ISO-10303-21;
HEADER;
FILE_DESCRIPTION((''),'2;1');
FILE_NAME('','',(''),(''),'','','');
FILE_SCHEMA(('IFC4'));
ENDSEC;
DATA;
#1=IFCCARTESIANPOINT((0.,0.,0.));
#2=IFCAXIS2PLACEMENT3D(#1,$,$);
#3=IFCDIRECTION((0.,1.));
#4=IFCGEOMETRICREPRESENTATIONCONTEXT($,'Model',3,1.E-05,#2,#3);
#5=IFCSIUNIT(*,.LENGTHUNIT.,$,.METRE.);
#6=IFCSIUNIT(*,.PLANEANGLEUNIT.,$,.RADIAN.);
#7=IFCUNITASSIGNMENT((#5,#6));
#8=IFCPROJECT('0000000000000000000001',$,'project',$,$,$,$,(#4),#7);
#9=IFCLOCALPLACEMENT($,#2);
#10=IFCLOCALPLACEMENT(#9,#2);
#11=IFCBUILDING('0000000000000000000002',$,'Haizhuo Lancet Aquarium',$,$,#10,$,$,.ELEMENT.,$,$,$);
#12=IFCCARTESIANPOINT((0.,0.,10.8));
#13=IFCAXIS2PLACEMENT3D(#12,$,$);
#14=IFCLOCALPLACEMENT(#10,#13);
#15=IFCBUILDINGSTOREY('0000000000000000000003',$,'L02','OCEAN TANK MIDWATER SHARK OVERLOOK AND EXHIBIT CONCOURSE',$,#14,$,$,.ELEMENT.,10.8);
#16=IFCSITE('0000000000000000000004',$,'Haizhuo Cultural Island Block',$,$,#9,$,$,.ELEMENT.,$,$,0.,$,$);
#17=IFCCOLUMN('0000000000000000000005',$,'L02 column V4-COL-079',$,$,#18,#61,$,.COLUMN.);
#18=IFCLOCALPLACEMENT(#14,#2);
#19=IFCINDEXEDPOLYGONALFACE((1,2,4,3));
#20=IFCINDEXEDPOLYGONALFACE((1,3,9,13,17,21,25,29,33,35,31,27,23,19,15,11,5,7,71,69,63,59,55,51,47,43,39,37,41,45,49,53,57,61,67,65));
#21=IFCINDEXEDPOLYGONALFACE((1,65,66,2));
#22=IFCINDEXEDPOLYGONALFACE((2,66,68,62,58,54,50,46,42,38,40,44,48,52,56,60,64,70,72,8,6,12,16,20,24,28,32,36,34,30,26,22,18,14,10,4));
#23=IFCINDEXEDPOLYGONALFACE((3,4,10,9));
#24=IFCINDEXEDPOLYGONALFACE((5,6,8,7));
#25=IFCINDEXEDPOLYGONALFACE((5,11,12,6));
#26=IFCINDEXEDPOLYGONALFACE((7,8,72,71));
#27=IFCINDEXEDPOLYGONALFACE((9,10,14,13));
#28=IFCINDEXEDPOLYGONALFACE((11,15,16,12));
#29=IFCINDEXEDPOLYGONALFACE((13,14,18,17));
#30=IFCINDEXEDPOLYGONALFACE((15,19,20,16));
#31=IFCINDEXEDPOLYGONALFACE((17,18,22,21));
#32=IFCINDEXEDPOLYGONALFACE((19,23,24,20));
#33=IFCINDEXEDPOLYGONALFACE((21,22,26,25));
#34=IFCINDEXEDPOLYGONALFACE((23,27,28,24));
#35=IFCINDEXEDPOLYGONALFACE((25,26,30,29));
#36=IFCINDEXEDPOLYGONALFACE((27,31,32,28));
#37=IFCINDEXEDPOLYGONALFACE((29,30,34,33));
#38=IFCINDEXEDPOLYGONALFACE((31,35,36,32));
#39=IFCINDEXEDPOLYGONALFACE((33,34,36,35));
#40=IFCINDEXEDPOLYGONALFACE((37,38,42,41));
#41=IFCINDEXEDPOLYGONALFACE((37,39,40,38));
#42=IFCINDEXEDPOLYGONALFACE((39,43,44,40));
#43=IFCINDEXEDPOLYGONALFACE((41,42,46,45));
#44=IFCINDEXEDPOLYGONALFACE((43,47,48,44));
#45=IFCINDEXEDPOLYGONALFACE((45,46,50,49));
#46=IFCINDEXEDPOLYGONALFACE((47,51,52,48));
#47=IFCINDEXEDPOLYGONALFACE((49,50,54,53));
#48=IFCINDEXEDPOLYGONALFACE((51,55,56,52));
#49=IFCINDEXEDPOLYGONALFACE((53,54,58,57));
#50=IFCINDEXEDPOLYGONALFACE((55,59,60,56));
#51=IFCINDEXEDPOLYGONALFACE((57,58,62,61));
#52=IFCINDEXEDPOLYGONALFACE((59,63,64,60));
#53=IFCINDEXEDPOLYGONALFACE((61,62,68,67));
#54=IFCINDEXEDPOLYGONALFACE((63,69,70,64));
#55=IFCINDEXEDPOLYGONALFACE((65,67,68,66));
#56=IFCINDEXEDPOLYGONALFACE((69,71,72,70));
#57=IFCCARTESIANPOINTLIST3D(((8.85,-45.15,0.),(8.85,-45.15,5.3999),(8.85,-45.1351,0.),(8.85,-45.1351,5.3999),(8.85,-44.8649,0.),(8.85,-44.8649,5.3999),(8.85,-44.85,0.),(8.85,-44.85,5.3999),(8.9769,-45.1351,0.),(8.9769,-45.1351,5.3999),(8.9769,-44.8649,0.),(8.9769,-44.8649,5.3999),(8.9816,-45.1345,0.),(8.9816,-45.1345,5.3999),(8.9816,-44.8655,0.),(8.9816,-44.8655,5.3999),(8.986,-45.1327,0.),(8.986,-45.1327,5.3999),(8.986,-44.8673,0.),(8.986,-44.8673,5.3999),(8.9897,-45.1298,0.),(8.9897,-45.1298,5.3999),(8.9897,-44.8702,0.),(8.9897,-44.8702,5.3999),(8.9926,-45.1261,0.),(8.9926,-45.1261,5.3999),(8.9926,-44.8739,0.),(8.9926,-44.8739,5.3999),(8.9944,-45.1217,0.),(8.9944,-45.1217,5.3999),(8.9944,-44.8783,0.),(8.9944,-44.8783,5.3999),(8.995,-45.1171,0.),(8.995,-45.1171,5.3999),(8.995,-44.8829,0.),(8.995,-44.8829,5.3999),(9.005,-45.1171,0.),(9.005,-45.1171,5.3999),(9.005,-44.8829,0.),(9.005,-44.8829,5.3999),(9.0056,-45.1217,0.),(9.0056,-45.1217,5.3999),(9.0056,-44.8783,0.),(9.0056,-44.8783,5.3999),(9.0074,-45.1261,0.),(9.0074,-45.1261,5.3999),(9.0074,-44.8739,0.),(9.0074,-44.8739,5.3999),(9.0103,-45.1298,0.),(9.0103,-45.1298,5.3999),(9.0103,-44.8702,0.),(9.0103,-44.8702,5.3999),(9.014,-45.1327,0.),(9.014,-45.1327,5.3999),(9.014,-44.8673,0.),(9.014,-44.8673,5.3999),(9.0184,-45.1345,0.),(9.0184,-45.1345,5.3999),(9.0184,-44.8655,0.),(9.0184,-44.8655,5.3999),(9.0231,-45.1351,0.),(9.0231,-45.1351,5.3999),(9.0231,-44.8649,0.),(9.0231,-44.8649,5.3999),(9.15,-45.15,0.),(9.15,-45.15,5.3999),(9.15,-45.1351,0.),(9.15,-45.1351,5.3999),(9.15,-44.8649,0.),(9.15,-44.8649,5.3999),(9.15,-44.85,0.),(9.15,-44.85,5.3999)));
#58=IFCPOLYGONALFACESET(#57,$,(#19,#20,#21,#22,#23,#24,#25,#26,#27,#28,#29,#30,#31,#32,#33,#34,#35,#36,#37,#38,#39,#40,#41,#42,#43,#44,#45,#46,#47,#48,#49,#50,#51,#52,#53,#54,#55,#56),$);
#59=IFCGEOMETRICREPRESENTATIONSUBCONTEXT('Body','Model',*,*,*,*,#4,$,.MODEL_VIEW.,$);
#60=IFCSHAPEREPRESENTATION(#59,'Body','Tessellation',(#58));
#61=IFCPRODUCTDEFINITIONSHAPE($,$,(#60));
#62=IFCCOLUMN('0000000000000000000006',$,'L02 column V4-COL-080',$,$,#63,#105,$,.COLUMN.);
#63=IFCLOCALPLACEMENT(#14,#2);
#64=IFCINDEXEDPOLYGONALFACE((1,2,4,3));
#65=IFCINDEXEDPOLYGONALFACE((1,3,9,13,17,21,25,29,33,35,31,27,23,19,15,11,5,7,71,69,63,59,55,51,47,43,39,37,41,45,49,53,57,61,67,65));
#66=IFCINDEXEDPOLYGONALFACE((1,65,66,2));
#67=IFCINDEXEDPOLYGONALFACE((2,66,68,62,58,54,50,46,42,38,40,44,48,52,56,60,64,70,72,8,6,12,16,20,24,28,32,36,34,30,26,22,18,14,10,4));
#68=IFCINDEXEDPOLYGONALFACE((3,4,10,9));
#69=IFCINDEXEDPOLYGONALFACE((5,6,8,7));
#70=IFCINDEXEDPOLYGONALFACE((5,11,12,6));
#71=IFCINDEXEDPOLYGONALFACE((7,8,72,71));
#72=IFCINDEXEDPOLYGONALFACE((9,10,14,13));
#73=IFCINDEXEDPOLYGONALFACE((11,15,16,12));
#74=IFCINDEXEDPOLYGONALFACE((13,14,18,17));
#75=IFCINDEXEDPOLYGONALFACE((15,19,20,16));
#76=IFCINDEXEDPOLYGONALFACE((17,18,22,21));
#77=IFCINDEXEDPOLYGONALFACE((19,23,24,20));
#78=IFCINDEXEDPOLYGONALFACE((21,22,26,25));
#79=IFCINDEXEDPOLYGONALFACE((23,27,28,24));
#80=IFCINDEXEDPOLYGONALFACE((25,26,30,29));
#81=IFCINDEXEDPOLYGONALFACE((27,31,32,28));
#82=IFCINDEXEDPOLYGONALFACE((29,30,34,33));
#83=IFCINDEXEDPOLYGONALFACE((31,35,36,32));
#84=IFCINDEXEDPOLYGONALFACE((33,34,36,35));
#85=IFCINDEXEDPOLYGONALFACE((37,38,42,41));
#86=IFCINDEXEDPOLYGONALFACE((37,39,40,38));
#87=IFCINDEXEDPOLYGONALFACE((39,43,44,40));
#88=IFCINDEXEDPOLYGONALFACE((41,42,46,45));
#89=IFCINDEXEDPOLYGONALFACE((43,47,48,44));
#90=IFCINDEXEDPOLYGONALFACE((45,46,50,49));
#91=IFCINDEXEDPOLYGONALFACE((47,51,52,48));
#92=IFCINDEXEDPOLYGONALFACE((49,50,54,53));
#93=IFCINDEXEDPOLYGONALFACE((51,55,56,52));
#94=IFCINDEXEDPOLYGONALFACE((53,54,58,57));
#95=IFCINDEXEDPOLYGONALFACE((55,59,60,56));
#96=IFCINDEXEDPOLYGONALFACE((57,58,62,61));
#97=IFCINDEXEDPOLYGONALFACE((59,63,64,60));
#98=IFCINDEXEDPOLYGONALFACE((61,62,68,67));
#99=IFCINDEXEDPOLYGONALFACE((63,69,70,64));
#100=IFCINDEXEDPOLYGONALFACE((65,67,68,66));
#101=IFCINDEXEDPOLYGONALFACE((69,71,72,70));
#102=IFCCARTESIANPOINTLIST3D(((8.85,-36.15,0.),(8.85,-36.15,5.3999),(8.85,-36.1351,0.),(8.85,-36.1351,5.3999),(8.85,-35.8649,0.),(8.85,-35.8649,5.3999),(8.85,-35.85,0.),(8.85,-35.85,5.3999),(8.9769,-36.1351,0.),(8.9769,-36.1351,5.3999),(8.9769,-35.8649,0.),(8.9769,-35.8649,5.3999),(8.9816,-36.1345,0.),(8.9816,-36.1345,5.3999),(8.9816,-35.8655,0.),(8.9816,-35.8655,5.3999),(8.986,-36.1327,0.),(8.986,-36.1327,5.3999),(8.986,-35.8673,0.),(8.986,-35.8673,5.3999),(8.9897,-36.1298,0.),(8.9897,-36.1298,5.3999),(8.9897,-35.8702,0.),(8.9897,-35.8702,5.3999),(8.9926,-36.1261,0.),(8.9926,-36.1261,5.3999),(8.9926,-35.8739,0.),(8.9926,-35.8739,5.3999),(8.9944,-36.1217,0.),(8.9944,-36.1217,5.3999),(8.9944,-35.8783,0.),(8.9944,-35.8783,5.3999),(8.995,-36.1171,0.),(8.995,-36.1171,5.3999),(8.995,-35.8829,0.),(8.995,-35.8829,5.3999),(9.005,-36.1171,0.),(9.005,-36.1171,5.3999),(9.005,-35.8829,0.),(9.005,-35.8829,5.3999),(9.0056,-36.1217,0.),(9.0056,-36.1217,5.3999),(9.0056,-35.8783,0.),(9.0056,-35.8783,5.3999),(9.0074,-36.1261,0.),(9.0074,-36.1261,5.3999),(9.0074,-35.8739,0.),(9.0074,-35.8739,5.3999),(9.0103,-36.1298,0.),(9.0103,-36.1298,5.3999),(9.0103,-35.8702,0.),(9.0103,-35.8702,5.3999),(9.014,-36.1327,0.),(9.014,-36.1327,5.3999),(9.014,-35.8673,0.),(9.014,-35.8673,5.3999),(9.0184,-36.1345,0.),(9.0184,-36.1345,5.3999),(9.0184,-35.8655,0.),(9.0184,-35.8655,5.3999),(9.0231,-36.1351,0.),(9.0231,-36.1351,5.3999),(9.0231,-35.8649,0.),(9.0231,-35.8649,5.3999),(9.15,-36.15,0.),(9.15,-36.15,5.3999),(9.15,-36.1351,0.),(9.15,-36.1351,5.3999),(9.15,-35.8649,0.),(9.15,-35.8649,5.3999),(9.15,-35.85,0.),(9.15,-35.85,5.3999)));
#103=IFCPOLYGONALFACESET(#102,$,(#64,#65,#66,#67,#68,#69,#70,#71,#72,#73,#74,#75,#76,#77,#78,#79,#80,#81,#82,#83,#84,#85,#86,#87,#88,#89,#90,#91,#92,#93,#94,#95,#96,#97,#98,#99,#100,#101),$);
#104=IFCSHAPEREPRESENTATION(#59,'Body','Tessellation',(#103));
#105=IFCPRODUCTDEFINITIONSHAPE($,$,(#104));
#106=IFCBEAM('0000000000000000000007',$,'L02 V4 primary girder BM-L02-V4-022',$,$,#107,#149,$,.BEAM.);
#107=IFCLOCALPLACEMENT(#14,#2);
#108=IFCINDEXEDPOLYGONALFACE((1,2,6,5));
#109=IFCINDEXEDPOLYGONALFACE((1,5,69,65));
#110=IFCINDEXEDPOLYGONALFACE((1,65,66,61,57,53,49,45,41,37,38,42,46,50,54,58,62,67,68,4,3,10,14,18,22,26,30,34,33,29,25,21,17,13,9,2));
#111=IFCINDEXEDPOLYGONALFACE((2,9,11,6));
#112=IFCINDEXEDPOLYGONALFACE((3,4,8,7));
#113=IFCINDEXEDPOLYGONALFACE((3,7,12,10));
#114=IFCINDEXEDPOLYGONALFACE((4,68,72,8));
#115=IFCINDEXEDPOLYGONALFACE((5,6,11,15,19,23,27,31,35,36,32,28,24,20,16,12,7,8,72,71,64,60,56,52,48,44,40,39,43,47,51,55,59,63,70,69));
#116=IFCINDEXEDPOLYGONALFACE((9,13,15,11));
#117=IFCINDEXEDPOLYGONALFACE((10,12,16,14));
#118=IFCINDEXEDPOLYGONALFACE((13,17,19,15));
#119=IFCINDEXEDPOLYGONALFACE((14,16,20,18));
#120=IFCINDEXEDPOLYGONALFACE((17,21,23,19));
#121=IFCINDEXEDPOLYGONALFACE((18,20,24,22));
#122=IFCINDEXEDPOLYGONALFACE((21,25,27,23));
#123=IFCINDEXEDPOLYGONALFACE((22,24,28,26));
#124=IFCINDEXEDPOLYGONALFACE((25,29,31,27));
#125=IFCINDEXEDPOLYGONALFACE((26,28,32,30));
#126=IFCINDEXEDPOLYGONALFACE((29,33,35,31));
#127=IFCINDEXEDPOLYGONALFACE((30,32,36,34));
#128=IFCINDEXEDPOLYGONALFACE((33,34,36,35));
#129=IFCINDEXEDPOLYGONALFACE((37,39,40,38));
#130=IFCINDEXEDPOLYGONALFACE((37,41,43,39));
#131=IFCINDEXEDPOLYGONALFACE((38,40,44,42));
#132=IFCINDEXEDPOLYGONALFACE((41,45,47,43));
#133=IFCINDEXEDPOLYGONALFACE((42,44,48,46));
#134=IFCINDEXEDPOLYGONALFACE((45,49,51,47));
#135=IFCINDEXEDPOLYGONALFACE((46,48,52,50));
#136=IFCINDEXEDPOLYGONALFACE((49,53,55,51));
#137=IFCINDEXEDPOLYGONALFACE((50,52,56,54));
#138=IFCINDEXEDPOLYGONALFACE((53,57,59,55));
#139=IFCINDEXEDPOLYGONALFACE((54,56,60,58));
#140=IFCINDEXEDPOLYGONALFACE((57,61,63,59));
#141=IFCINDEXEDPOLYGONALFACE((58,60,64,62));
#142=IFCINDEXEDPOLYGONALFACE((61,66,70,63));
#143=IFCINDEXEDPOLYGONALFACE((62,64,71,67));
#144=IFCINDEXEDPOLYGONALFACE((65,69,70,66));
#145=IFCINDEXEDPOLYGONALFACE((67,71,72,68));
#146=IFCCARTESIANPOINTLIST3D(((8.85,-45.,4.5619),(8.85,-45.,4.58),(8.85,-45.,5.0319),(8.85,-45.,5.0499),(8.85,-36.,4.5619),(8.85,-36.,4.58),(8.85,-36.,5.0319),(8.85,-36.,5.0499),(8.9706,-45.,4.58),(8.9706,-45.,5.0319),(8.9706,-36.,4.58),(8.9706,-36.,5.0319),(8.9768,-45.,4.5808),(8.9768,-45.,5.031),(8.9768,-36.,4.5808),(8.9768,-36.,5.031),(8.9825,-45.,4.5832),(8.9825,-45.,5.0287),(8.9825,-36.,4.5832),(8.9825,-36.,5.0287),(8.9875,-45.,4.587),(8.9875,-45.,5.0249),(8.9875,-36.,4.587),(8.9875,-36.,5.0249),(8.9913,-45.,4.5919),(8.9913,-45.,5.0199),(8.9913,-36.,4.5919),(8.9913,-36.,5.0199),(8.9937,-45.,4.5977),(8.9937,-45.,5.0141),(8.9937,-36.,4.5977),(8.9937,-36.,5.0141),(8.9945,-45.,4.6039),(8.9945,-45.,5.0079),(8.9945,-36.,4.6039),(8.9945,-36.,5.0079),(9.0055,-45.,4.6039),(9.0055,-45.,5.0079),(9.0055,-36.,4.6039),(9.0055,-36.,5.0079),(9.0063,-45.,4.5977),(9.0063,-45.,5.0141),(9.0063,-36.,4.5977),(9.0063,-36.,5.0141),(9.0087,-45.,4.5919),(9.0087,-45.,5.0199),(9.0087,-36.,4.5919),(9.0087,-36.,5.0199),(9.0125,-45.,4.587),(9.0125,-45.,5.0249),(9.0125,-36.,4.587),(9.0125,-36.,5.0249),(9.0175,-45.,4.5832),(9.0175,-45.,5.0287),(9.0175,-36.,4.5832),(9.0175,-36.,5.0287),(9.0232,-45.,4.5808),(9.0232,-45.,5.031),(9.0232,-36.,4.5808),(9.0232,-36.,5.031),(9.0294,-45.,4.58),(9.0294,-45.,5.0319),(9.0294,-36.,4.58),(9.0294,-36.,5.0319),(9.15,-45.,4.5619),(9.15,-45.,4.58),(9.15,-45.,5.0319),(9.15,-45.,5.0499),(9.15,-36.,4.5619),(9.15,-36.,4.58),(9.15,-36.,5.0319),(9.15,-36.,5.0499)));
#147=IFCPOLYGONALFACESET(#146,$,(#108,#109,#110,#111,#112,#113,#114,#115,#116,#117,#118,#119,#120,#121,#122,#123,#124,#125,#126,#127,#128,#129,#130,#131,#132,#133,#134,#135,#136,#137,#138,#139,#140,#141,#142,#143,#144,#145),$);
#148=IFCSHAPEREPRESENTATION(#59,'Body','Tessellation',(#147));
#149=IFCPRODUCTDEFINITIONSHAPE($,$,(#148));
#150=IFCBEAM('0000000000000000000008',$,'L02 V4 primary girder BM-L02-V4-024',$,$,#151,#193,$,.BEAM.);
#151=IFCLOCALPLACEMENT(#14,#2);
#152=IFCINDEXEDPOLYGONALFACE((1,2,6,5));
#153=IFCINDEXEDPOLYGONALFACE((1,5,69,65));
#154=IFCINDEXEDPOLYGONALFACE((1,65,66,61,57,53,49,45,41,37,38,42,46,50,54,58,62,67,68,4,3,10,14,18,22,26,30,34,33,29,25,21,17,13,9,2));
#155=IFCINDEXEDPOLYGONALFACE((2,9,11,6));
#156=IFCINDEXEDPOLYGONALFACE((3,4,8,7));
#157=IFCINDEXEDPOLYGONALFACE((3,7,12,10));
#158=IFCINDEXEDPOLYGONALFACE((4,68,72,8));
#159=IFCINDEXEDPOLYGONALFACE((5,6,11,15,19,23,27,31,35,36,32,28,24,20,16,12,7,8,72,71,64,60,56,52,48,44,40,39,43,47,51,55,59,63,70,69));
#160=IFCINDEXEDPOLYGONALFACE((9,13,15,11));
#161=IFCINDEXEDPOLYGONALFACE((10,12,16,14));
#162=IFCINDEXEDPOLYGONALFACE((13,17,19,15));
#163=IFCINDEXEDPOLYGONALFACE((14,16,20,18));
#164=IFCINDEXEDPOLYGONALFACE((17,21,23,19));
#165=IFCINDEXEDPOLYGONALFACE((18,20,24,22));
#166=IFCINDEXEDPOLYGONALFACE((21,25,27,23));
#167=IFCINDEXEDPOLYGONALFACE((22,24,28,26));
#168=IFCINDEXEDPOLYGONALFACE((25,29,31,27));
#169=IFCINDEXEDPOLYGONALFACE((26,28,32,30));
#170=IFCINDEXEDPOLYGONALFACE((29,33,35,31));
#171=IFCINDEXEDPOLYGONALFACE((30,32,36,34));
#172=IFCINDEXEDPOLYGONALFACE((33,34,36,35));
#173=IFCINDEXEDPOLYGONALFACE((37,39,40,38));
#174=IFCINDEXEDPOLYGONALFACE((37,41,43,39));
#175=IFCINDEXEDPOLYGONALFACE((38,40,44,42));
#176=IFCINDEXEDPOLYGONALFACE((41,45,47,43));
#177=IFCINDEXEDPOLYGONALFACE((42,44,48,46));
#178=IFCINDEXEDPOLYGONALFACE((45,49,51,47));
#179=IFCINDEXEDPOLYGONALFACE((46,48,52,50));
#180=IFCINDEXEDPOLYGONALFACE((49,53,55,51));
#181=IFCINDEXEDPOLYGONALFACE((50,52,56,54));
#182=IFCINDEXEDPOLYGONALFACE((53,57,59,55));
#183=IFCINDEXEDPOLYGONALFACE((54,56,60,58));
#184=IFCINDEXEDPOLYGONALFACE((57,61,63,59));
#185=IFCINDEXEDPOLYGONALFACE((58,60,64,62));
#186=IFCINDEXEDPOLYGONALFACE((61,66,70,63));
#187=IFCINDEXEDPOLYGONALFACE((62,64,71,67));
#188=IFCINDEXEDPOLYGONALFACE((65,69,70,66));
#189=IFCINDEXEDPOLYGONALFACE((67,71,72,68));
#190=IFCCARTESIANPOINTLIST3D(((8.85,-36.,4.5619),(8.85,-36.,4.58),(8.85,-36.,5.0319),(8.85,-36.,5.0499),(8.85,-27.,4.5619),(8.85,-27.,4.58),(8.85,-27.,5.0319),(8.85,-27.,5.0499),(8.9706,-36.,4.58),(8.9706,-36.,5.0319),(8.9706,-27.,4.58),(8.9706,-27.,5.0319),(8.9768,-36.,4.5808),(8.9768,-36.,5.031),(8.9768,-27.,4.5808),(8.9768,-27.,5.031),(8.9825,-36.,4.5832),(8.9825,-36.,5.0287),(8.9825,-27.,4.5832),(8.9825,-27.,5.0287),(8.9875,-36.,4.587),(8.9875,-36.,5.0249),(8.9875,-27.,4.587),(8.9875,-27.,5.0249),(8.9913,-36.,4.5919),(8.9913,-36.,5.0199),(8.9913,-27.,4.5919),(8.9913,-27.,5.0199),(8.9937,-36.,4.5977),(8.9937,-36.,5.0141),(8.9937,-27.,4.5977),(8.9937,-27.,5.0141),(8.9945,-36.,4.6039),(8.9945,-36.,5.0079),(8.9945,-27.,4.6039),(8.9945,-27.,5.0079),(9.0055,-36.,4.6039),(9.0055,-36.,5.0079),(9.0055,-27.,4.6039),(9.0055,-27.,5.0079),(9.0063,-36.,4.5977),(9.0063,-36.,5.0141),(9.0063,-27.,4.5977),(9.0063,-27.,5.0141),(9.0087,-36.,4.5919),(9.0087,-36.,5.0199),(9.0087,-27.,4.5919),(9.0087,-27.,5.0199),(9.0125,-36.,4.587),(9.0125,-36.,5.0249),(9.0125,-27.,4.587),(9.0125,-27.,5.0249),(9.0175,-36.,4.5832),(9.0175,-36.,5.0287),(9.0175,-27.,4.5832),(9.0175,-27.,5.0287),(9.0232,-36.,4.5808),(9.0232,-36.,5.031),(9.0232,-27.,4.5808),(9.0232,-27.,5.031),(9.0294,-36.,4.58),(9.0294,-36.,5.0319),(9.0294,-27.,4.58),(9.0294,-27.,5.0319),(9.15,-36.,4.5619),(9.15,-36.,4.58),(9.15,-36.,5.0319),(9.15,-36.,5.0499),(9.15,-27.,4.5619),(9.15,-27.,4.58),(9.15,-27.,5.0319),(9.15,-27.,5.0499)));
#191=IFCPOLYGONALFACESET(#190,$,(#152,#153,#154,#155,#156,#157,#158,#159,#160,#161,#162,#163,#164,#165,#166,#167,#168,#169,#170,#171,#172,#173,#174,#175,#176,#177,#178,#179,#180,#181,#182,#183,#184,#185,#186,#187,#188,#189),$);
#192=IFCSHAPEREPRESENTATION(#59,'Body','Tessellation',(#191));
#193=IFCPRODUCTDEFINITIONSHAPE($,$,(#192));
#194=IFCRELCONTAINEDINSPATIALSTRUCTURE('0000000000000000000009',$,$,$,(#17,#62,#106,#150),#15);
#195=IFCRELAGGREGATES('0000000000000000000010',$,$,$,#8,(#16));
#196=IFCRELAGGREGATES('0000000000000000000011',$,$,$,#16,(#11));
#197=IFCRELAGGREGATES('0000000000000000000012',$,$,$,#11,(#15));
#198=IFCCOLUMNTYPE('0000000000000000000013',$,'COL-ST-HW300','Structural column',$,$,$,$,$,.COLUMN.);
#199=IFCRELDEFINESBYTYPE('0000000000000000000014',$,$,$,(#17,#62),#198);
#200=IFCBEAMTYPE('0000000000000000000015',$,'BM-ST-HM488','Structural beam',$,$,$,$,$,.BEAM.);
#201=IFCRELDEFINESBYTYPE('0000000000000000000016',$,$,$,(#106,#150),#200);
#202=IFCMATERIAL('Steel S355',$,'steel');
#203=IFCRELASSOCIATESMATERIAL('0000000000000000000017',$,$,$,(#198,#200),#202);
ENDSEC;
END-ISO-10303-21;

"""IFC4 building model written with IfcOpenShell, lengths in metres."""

from ifc_helpers import new_model, si_unit, direction, frame, origin, origin_2d, place, context, subcontext, project, spatial, i_section, extrude, material, material_profile, profile_set, type_object, element, save


model = new_model("IFC4")

# Units and contexts
model_context = context("Model", 3, precision=1e-05, world=origin(), true_north=direction((0.0, 1.0)))
body_context = subcontext(model_context, "Body", "Model", "MODEL_VIEW")
ifc_project = project(units=[si_unit("LENGTHUNIT", "METRE"), si_unit("PLANEANGLEUNIT", "RADIAN")], contexts=[model_context])

# Site, building, storey
site_placement = place(None, origin())
site = spatial("IfcSite", under=ifc_project, at=site_placement, Name="Haizhuo Cultural Island Block", CompositionType="ELEMENT", RefElevation=0.0)
building_placement = place(site_placement, origin())
building = spatial("IfcBuilding", under=site, at=building_placement, Name="Haizhuo Lancet Aquarium", CompositionType="ELEMENT")
storey_placement = place(building_placement, frame((0.0, 0.0, 10.8)))
storey = spatial("IfcBuildingStorey", under=building, at=storey_placement, Name="L02", Description="OCEAN TANK MIDWATER SHARK OVERLOOK AND EXHIBIT CONCOURSE", CompositionType="ELEMENT", Elevation=10.8)

# Columns
ifc_material_1 = material(Name="Steel S355", Category="steel")
ifc_material_profile_1 = material_profile(ifc_material_1, i_section(OverallWidth=0.3, OverallDepth=0.3, WebThickness=0.01, FlangeThickness=0.0149, FilletRadius=0.0181, at=origin_2d()), Name="HW 300x300x10x15")
ifc_profile_set_1 = profile_set([ifc_material_profile_1], Name="Steel S355")
column_type = type_object("IfcColumnType", Name="COL-ST-HW300", Description="Structural column", PredefinedType="COLUMN", material=ifc_profile_set_1)
for number, where, z_axis, x_axis, name in (
    (1, (9.0, -45.0, 0.0), (0.0, 0.0, 1.0), (1.0, 0.0, 0.0), "L02 column V4-COL-079"),
    (2, (9.0, -36.0, 0.0), (0.0, 0.0, 1.0), (1.0, 0.0, 0.0), "L02 column V4-COL-080"),
):
    element("IfcColumn", number, at=place(storey_placement, frame(where, z_axis=z_axis, x_axis=x_axis)), inside=storey, type_object=column_type, Name=name, PredefinedType="COLUMN", context=body_context, shape_type="SweptSolid", body=[
        extrude(i_section(OverallWidth=0.3, OverallDepth=0.3, WebThickness=0.01, FlangeThickness=0.0149, FilletRadius=0.0181, at=origin_2d()), origin(), (0.0, 0.0, 1.0), 5.3999),
    ])

# Beams
ifc_material_profile_2 = material_profile(ifc_material_1, i_section(OverallWidth=0.3, OverallDepth=0.488, WebThickness=0.011, FlangeThickness=0.0181, FilletRadius=0.0239, at=origin_2d()), Name="HM 488x300x11x18")
ifc_profile_set_2 = profile_set([ifc_material_profile_2], Name="Steel S355")
beam_type_1 = type_object("IfcBeamType", Name="BM-ST-HM488", Description="Structural beam", PredefinedType="BEAM", material=ifc_profile_set_2)
for number, where, z_axis, x_axis, name in (
    (3, (9.0, -45.0, 4.8059), (0.0, 1.0, 0.0), (-1.0, 0.0, 0.0), "L02 V4 primary girder BM-L02-V4-022"),
    (4, (9.0, -36.0, 4.8059), (0.0, 1.0, 0.0), (-1.0, 0.0, 0.0), "L02 V4 primary girder BM-L02-V4-024"),
):
    element("IfcBeam", number, at=place(storey_placement, frame(where, z_axis=z_axis, x_axis=x_axis)), inside=storey, type_object=beam_type_1, Name=name, PredefinedType="BEAM", context=body_context, shape_type="SweptSolid", body=[
        extrude(i_section(OverallWidth=0.3, OverallDepth=0.488, WebThickness=0.011, FlangeThickness=0.0181, FilletRadius=0.0239, at=origin_2d()), origin(), (0.0, 0.0, 1.0), 9.0),
    ])

save(model, "model.ifc")
